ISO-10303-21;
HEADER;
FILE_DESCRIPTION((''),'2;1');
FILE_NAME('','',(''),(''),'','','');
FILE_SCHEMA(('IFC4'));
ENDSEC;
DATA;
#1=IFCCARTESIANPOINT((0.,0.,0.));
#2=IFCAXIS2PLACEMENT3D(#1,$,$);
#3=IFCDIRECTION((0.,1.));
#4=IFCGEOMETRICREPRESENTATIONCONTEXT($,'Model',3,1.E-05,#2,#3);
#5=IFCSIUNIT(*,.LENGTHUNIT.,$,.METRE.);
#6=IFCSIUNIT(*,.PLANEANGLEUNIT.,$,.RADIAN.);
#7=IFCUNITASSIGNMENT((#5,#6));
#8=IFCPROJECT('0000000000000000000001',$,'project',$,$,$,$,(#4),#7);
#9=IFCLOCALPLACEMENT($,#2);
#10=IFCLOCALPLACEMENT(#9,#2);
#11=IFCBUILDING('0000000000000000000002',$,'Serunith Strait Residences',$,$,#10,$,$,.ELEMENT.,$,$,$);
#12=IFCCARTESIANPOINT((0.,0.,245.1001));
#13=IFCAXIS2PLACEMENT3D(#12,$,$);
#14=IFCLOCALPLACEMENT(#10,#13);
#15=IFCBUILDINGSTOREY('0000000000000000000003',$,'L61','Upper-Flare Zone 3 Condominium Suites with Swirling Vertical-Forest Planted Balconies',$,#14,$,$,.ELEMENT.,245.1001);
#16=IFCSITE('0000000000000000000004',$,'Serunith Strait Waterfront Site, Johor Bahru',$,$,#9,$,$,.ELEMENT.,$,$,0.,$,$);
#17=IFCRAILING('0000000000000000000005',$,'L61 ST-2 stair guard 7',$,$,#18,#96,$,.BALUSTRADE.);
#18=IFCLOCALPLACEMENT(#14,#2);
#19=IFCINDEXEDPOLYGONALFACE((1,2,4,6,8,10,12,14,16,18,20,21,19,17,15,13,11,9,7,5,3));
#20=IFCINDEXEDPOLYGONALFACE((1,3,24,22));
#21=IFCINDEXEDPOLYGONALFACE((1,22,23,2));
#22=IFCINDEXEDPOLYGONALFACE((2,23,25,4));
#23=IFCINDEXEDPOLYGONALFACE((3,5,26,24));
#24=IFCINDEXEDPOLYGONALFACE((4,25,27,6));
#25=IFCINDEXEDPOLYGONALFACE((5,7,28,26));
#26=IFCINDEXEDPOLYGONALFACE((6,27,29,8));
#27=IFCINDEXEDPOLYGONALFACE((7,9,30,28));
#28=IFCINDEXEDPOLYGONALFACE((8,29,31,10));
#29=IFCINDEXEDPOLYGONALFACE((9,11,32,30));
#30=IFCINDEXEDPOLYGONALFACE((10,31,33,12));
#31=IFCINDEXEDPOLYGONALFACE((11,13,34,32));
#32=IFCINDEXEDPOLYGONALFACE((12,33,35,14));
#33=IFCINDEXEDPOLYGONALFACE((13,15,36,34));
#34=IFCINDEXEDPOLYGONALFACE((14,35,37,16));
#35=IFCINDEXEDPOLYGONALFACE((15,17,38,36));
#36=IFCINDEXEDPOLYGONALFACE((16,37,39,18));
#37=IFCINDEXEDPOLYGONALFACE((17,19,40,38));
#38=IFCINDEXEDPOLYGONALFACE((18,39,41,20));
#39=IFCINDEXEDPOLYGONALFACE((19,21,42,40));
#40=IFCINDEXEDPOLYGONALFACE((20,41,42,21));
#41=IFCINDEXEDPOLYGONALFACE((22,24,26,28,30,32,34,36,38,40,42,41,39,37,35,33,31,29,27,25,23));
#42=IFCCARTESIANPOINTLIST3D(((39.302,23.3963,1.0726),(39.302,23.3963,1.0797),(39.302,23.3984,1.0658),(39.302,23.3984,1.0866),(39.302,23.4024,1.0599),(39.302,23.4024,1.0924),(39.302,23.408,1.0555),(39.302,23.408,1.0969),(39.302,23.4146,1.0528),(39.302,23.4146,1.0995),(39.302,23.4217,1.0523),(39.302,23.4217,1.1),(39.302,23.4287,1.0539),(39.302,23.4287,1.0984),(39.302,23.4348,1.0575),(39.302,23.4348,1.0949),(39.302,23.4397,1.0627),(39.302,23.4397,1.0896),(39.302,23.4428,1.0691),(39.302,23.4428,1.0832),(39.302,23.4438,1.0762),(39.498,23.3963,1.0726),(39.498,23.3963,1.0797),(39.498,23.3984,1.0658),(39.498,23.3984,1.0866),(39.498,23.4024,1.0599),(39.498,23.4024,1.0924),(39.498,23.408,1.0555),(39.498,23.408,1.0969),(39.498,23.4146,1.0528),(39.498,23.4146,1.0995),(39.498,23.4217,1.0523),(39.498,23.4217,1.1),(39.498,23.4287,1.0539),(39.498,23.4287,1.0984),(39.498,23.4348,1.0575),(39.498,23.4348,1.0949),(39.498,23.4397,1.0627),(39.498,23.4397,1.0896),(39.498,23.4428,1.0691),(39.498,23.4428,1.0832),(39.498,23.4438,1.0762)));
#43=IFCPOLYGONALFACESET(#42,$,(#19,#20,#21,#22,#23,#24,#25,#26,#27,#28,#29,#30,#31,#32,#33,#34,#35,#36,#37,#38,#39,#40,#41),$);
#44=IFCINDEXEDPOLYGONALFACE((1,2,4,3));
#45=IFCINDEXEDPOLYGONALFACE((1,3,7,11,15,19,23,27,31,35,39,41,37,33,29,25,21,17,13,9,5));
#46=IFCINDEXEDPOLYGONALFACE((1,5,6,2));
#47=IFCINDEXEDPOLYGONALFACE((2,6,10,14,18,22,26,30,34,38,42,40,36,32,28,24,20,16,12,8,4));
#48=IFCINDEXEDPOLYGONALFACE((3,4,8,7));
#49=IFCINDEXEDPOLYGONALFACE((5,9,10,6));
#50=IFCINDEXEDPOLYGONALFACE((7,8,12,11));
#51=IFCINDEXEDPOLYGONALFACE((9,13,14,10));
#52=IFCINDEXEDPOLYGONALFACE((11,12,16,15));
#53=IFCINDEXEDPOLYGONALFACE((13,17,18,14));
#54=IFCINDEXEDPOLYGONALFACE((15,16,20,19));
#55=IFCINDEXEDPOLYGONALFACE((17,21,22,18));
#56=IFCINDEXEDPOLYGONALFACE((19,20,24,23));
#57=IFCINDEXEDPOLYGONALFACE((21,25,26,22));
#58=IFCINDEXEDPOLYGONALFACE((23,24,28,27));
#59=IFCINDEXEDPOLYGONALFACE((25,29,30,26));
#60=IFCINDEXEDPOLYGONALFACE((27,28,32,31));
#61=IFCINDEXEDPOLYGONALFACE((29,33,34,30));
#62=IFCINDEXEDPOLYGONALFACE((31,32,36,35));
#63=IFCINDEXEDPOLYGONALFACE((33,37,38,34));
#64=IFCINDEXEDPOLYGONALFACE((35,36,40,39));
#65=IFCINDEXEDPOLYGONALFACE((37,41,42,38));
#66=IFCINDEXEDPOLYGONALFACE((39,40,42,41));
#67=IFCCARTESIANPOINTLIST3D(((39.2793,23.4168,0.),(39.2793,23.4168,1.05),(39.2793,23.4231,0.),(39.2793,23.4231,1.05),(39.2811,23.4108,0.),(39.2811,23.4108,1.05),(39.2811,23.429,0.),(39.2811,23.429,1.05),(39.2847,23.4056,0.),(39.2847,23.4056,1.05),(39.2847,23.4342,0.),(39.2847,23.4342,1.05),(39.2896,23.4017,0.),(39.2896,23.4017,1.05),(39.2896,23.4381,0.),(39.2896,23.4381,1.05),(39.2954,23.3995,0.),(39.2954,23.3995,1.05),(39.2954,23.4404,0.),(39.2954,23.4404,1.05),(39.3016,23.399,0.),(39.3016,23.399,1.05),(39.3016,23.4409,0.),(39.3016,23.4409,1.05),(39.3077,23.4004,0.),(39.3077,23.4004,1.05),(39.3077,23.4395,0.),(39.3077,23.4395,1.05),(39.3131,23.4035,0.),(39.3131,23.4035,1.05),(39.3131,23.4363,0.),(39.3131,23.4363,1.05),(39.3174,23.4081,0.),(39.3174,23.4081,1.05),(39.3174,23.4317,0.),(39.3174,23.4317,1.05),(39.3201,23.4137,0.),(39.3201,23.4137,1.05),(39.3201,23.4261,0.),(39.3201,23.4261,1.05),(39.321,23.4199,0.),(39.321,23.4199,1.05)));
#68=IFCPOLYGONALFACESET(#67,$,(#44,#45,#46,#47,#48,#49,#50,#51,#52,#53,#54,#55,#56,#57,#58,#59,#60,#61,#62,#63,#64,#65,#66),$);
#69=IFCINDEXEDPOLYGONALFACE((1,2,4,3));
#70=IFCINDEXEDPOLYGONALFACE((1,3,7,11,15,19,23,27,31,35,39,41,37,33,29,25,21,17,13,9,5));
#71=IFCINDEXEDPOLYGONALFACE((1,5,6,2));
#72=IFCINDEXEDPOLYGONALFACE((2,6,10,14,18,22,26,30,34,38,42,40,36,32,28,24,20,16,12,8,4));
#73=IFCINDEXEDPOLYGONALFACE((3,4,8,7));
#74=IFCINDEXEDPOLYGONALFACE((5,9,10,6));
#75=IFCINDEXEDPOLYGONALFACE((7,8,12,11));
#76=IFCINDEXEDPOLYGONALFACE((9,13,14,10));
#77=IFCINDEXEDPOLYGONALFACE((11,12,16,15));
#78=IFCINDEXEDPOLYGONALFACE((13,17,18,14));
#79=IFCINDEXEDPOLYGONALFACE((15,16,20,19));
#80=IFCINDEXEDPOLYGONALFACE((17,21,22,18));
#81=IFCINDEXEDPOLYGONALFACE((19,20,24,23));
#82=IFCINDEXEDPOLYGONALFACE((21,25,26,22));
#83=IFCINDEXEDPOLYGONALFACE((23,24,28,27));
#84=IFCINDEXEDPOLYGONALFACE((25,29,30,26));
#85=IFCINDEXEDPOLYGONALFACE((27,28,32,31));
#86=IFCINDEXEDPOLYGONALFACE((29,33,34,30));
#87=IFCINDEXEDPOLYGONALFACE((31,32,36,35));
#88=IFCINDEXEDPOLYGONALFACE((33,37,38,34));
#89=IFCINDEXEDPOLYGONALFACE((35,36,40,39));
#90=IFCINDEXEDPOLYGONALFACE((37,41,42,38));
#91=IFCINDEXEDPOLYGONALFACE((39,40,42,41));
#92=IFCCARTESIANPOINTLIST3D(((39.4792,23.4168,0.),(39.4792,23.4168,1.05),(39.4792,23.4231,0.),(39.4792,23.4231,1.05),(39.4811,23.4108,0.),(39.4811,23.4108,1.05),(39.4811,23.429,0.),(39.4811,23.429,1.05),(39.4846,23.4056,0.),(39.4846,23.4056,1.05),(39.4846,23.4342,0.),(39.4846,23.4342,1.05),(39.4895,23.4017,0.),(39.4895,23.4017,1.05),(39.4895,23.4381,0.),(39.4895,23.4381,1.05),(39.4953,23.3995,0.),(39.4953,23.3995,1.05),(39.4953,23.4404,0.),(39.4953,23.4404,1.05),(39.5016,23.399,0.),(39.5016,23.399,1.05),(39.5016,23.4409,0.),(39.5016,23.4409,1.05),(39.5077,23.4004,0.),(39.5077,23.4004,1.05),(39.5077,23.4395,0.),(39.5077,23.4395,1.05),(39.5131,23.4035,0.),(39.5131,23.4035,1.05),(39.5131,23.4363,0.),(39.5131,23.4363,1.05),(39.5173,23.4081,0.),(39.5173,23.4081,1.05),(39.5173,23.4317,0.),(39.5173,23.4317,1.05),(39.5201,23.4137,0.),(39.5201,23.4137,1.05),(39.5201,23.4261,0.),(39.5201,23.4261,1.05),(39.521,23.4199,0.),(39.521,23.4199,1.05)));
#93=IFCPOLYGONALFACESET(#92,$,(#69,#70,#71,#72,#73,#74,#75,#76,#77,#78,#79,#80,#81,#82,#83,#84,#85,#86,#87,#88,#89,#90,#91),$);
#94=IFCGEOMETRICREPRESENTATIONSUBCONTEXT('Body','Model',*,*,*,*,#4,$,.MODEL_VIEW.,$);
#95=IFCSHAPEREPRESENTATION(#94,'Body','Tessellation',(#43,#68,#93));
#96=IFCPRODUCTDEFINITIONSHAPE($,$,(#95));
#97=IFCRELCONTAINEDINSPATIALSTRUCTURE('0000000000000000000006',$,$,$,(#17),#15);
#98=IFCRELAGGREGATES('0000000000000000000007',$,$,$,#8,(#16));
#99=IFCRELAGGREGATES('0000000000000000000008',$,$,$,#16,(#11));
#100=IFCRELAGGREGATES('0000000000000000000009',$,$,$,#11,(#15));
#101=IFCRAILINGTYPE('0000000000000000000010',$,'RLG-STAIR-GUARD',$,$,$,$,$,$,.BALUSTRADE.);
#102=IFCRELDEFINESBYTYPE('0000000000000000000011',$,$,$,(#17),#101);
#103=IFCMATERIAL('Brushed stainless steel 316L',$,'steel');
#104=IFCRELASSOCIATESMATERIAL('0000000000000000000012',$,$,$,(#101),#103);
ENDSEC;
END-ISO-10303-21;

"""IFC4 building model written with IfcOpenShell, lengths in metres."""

from ifc_helpers import new_model, si_unit, direction, frame, origin, origin_2d, place, context, subcontext, project, spatial, circle, extrude, material, type_object, element, save


model = new_model("IFC4")

# Units and contexts
model_context = context("Model", 3, precision=1e-05, world=origin(), true_north=direction((0.0, 1.0)))
body_context = subcontext(model_context, "Body", "Model", "MODEL_VIEW")
ifc_project = project(units=[si_unit("LENGTHUNIT", "METRE"), si_unit("PLANEANGLEUNIT", "RADIAN")], contexts=[model_context])

# Site, building, storey
site_placement = place(None, origin())
site = spatial("IfcSite", under=ifc_project, at=site_placement, Name="Serunith Strait Waterfront Site, Johor Bahru", CompositionType="ELEMENT", RefElevation=0.0)
building_placement = place(site_placement, origin())
building = spatial("IfcBuilding", under=site, at=building_placement, Name="Serunith Strait Residences", CompositionType="ELEMENT")
storey_placement = place(building_placement, frame((0.0, 0.0, 245.1001)))
storey = spatial("IfcBuildingStorey", under=building, at=storey_placement, Name="L61", Description="Upper-Flare Zone 3 Condominium Suites with Swirling Vertical-Forest Planted Balconies", CompositionType="ELEMENT", Elevation=245.1001)

# Railing
ifc_material_1 = material(Name="Brushed stainless steel 316L", Category="steel")
railing_type_1 = type_object("IfcRailingType", Name="RLG-STAIR-GUARD", PredefinedType="BALUSTRADE", material=ifc_material_1)
railing_1_placement = place(storey_placement, frame((39.3, 23.4199, 0.0)))
element("IfcRailing", 1, at=railing_1_placement, inside=storey, type_object=railing_type_1, Name="L61 ST-2 stair guard 7", PredefinedType="BALUSTRADE", context=body_context, shape_type="SweptSolid", body=[
    extrude(circle(Radius=0.0239, at=origin_2d()), frame((0.002, 0.0, 1.0762), z_axis=(1.0, 0.0, 0.0), x_axis=(0.0, 1.0, 0.0)), (0.0, 0.0, 1.0), 0.196),
    extrude(circle(Radius=0.021, at=origin_2d()), origin(), (0.0, 0.0, 1.0), 1.05),
    extrude(circle(Radius=0.021, at=origin_2d()), frame((0.2, 0.0, 0.0)), (0.0, 0.0, 1.0), 1.05),
])

save(model, "model.ifc")
